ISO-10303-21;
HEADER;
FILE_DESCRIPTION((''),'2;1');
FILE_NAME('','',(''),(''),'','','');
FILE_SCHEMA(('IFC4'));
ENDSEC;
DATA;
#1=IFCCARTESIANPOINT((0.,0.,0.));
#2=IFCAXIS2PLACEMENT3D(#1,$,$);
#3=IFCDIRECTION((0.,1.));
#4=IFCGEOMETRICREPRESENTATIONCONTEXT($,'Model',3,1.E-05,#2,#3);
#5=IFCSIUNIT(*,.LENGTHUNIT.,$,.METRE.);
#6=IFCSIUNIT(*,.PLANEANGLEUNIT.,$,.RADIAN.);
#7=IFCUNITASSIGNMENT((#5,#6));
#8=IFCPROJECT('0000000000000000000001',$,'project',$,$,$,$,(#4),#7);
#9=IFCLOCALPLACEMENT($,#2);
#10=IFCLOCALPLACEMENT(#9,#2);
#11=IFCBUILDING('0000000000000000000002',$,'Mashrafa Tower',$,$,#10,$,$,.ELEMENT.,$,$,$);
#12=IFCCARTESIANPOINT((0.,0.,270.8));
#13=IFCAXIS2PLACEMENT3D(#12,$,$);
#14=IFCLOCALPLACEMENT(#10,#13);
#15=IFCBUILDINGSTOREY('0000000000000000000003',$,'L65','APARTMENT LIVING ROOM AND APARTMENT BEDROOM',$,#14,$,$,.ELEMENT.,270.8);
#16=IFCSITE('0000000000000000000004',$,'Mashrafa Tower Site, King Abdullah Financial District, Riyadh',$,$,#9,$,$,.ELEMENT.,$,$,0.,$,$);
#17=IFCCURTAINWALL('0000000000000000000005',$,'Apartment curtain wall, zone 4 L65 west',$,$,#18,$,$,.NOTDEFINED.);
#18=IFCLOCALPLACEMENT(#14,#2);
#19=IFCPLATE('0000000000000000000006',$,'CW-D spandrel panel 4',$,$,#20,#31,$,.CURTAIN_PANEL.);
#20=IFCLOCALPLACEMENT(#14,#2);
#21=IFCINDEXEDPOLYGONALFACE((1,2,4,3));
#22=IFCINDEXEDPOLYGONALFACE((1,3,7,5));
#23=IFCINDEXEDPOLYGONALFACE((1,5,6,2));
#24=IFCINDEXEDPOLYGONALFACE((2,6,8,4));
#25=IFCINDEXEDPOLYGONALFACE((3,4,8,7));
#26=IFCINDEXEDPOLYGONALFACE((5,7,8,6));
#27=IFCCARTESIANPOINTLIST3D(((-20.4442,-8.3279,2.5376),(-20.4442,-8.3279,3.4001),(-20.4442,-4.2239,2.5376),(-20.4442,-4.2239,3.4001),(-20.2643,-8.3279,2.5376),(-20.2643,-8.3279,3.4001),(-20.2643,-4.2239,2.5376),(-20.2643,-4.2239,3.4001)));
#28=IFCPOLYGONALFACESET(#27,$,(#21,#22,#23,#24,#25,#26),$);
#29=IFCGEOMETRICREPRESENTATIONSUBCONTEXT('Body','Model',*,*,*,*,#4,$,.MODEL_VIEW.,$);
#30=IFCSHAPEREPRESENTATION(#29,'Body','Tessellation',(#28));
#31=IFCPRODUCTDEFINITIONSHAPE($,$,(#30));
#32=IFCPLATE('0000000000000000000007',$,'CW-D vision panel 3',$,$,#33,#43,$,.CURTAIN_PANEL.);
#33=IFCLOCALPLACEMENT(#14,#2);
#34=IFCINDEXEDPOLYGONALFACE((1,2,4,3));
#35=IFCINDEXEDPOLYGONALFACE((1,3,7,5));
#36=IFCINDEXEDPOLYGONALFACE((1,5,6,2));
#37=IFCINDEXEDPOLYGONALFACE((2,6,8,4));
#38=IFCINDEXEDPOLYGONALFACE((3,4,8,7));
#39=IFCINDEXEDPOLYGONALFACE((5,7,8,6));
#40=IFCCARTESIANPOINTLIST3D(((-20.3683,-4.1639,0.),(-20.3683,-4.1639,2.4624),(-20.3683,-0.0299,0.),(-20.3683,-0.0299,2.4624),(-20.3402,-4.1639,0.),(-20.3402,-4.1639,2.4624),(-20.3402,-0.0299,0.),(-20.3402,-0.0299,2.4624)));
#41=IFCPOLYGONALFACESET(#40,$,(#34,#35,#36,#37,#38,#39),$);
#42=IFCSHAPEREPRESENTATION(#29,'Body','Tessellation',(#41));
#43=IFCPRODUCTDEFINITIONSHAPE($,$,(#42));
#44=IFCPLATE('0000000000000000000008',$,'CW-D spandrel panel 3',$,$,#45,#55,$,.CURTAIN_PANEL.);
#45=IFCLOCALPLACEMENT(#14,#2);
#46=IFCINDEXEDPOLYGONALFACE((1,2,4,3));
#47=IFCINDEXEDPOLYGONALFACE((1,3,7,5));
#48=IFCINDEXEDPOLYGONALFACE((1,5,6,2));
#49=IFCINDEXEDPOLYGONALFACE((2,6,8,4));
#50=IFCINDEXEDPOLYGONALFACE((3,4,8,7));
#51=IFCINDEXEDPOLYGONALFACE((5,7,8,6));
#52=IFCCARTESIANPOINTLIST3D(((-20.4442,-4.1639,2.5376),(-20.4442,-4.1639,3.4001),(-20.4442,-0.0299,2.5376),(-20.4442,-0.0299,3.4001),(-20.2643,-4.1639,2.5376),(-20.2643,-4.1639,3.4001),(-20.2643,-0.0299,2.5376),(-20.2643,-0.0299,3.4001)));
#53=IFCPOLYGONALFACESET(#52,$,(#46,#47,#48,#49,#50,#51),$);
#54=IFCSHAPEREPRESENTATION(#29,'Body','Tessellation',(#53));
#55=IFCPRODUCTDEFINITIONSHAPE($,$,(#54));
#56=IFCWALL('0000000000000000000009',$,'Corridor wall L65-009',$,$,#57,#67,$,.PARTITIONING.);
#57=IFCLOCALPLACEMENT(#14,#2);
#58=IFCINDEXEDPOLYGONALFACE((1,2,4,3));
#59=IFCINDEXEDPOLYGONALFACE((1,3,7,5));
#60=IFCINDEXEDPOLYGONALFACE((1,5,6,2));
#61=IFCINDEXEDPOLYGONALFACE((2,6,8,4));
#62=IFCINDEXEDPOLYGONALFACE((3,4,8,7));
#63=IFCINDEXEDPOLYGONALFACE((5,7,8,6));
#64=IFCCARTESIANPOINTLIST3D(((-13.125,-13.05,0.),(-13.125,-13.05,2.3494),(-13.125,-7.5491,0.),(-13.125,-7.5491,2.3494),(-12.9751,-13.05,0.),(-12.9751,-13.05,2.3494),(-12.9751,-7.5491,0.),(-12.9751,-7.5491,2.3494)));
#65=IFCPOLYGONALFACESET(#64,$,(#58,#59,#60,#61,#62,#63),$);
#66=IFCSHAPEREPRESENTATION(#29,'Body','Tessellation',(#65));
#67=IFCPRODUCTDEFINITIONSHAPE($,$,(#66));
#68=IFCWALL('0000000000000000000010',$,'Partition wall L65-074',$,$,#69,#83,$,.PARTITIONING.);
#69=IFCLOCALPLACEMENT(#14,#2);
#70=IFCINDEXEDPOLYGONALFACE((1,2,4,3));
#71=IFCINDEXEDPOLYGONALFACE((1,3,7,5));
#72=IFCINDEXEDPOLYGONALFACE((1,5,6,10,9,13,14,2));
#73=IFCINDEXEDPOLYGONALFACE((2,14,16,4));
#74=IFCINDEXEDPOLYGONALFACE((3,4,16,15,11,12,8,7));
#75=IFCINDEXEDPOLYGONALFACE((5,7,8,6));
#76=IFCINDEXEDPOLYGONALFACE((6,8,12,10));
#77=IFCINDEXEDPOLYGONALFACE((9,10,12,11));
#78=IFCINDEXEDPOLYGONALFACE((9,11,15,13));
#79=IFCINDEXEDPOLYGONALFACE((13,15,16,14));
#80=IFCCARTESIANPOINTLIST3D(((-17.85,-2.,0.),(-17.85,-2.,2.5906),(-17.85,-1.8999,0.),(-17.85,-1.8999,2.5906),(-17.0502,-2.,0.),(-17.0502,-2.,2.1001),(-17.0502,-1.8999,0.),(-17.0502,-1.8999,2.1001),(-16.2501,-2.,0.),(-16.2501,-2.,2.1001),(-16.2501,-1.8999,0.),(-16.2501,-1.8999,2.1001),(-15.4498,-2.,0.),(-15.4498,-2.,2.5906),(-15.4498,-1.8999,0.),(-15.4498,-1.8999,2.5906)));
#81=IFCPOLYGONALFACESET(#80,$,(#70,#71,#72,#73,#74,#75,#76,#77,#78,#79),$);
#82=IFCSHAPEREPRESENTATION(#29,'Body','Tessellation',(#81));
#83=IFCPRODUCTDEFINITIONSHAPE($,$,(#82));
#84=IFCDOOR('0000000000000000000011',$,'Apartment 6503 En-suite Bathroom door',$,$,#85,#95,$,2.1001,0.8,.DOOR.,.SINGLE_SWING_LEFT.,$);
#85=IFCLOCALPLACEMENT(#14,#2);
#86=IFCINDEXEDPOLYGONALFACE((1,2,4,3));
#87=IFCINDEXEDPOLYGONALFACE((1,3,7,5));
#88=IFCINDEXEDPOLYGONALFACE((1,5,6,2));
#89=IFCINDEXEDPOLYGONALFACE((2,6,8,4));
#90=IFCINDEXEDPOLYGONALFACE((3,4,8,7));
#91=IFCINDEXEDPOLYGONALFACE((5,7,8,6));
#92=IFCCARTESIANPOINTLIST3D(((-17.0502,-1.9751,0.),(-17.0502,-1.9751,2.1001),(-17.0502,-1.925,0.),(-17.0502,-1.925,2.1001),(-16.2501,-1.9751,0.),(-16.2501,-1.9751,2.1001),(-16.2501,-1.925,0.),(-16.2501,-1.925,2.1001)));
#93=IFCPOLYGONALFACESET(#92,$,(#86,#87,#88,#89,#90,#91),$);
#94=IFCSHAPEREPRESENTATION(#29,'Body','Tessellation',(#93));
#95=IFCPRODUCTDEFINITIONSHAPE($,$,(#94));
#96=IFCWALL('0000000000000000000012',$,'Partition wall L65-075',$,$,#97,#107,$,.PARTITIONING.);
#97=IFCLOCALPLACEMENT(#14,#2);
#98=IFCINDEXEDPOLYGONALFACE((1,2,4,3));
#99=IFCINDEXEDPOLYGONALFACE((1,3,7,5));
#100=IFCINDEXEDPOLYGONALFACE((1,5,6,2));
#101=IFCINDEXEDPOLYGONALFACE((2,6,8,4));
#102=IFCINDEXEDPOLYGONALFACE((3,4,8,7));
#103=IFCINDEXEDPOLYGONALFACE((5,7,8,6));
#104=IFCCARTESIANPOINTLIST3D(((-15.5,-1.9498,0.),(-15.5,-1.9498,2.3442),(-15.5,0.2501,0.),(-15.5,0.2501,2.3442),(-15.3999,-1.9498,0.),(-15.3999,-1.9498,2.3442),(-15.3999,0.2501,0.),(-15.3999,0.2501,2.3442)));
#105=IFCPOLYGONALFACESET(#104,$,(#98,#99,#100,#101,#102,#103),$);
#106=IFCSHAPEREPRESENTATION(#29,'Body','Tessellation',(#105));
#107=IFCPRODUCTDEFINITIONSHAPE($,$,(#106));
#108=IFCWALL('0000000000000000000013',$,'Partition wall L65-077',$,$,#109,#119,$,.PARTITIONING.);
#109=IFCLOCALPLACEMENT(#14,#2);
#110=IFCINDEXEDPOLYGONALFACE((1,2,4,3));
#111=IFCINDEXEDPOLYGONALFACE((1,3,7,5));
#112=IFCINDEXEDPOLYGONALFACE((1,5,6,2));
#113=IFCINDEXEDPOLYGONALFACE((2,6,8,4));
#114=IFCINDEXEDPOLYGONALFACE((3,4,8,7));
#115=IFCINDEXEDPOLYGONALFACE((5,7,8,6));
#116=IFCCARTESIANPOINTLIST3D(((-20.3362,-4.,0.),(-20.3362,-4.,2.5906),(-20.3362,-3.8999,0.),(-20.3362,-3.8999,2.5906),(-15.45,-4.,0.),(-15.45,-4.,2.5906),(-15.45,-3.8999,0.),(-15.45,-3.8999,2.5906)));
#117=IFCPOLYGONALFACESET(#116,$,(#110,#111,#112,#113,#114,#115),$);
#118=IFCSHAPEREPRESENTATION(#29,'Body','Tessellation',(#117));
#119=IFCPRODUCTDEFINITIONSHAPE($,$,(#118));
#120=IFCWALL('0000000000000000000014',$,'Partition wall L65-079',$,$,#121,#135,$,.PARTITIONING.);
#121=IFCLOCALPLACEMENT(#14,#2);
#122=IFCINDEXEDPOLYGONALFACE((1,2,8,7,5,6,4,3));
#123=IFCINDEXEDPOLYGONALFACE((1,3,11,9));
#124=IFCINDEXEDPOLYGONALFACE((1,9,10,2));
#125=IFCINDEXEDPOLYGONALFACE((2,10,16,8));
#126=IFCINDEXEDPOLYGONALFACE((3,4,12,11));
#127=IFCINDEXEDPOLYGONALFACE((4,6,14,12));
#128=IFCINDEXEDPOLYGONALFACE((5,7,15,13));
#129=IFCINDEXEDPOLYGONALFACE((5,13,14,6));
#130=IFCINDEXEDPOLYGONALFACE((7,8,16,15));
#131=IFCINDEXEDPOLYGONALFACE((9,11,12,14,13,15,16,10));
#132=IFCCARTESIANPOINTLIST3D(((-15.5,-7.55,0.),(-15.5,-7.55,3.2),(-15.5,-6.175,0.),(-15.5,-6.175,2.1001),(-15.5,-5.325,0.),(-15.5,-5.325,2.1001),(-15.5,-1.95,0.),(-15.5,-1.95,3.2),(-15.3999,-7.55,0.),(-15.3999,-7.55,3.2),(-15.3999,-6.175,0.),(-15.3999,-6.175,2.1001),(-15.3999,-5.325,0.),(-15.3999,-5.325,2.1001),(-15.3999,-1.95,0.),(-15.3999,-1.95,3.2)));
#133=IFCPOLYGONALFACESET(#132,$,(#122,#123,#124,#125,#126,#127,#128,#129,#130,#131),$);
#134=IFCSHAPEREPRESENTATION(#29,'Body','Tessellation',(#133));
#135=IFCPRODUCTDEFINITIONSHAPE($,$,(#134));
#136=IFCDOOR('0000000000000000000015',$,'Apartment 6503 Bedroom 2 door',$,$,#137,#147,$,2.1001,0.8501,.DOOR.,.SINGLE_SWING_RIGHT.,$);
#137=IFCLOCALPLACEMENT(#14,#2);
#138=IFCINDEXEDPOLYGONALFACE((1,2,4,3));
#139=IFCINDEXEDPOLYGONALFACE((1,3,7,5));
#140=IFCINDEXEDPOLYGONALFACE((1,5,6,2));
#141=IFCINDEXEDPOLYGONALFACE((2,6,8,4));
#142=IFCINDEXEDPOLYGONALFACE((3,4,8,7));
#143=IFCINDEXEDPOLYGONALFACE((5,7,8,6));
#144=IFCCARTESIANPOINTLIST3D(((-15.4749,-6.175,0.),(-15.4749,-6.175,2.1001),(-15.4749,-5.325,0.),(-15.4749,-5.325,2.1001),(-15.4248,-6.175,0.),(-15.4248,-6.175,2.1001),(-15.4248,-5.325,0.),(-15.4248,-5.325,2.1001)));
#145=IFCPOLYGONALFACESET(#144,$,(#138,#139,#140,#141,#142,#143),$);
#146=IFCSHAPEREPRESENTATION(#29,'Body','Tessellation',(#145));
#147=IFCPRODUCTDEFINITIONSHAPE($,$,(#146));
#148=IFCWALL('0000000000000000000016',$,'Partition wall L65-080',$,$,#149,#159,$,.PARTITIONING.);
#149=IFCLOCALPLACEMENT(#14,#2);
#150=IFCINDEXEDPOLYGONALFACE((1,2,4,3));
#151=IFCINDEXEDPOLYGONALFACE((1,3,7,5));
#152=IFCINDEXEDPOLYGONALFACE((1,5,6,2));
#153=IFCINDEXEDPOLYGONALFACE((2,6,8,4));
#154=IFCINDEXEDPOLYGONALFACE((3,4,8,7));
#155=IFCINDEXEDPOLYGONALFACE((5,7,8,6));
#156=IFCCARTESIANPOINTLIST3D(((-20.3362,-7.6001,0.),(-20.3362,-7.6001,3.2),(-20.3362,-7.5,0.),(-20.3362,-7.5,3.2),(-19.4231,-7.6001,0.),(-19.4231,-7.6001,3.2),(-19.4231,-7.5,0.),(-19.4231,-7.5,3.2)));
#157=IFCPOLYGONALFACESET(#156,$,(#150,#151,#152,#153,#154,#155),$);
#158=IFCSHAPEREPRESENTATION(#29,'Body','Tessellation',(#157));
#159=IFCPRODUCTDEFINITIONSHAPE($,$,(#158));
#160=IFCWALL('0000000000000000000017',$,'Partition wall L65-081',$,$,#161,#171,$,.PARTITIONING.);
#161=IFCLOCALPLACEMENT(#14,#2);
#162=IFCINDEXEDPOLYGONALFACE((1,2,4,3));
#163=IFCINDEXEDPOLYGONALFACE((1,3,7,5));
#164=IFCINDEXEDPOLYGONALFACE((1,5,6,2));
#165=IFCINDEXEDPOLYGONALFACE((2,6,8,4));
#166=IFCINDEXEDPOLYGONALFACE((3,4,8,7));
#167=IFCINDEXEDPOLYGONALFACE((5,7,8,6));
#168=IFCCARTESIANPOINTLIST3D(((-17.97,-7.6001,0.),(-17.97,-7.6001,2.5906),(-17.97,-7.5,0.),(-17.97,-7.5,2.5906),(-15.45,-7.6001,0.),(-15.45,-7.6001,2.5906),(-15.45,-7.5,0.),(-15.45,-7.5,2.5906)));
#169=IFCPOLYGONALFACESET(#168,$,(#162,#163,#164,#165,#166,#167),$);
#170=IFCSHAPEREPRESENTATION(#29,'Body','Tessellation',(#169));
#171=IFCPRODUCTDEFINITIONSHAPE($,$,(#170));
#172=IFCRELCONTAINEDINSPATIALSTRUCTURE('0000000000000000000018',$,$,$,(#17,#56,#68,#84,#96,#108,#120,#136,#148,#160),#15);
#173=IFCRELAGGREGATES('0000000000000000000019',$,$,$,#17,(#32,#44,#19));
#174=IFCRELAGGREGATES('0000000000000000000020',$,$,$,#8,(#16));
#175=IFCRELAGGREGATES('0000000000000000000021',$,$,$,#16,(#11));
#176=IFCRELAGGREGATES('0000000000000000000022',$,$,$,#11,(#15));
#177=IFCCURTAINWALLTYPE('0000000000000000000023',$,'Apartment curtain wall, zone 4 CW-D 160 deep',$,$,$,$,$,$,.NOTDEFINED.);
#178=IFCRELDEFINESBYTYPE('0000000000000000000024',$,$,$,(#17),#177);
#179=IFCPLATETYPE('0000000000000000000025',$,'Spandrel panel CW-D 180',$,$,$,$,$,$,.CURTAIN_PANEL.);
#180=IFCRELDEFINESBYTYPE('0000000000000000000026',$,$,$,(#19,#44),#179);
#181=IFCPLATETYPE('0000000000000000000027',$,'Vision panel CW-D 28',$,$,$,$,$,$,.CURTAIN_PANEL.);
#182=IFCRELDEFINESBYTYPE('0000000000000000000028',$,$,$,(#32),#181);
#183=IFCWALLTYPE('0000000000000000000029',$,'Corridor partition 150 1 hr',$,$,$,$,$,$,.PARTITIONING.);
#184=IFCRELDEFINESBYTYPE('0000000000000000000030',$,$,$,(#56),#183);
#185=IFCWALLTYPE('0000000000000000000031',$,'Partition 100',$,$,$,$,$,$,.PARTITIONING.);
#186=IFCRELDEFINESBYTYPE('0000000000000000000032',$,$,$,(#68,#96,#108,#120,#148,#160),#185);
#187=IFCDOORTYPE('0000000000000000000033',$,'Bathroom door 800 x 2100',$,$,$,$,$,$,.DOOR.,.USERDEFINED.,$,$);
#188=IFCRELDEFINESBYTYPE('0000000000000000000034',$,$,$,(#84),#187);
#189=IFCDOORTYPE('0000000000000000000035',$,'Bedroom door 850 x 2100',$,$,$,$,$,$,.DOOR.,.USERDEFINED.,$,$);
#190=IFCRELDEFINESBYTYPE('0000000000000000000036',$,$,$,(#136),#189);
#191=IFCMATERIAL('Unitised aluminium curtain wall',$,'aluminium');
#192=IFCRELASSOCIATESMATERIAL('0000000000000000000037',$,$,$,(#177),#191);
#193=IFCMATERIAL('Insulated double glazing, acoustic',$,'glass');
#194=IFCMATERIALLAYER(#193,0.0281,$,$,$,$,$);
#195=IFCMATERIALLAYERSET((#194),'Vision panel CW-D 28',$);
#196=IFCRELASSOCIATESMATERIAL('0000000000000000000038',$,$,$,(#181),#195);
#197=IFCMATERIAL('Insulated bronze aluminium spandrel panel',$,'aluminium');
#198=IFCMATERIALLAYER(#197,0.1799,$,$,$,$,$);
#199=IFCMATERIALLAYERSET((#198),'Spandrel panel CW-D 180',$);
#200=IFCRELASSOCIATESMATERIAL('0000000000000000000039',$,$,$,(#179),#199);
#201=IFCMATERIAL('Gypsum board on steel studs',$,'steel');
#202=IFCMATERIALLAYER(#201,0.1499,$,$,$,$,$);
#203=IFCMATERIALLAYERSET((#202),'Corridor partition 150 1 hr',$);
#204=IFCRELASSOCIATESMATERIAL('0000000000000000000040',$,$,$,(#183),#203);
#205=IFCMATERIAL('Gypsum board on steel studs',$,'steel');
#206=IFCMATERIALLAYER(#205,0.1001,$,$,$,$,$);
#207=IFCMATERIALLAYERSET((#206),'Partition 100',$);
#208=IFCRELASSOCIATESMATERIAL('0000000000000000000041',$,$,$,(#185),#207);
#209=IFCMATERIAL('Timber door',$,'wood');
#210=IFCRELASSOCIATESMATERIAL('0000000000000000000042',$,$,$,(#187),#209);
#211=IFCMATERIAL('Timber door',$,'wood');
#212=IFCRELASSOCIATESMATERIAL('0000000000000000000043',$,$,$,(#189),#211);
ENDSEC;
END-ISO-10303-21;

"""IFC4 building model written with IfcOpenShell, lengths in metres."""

from ifc_helpers import new_model, si_unit, direction, frame, frame_2d, origin, origin_2d, place, context, subcontext, project, spatial, rectangle, extrude, source, transform, mapped, material, layer, layer_set, type_object, type_shapes, element, fill, aggregate, save


model = new_model("IFC4")

# Units and contexts
model_context = context("Model", 3, precision=1e-05, world=origin(), true_north=direction((0.0, 1.0)))
body_context = subcontext(model_context, "Body", "Model", "MODEL_VIEW")
ifc_project = project(units=[si_unit("LENGTHUNIT", "METRE"), si_unit("PLANEANGLEUNIT", "RADIAN")], contexts=[model_context])

# Site, building, storey
site_placement = place(None, origin())
site = spatial("IfcSite", under=ifc_project, at=site_placement, Name="Mashrafa Tower Site, King Abdullah Financial District, Riyadh", CompositionType="ELEMENT", RefElevation=0.0)
building_placement = place(site_placement, origin())
building = spatial("IfcBuilding", under=site, at=building_placement, Name="Mashrafa Tower", CompositionType="ELEMENT")
storey_placement = place(building_placement, frame((0.0, 0.0, 270.8)))
storey = spatial("IfcBuildingStorey", under=building, at=storey_placement, Name="L65", Description="APARTMENT LIVING ROOM AND APARTMENT BEDROOM", CompositionType="ELEMENT", Elevation=270.8)

# Curtain wall, plates
ifc_material_1 = material(Name="Unitised aluminium curtain wall", Category="aluminium")
curtain_wall_type = type_object("IfcCurtainWallType", Name="Apartment curtain wall, zone 4 CW-D 160 deep", PredefinedType="NOTDEFINED", material=ifc_material_1)
curtain_wall_placement = place(storey_placement, origin())
curtain_wall = element("IfcCurtainWall", 1, at=curtain_wall_placement, inside=storey, type_object=curtain_wall_type, Name="Apartment curtain wall, zone 4 L65 west", PredefinedType="NOTDEFINED")
ifc_material_2 = material(Name="Insulated double glazing, acoustic", Category="glass")
ifc_layer_1 = layer(ifc_material_2, 0.0281)
ifc_layer_set_1 = layer_set([ifc_layer_1], Name="Vision panel CW-D 28")
plate_type_1 = type_object("IfcPlateType", Name="Vision panel CW-D 28", PredefinedType="CURTAIN_PANEL", material=ifc_layer_set_1)
ifc_material_3 = material(Name="Insulated bronze aluminium spandrel panel", Category="aluminium")
ifc_layer_2 = layer(ifc_material_3, 0.1799)
ifc_layer_set_2 = layer_set([ifc_layer_2], Name="Spandrel panel CW-D 180")
plate_type_2 = type_object("IfcPlateType", Name="Spandrel panel CW-D 180", PredefinedType="CURTAIN_PANEL", material=ifc_layer_set_2)
shared_shape_1 = source(origin(), body_context, "Body", "SweptSolid", [
    extrude(rectangle(XDim=4.104, YDim=0.1799, at=origin_2d()), origin(), (0.0, 0.0, 1.0), 0.8625),
])
plate_1_placement = place(storey_placement, frame((-20.3542, -6.2759, 2.5376), z_axis=(0.0, 0.0, 1.0), x_axis=(0.0, -1.0, 0.0)))
plate_1 = element("IfcPlate", 2, at=plate_1_placement, type_object=plate_type_2, Name="CW-D spandrel panel 4", PredefinedType="CURTAIN_PANEL", context=body_context, shape_type="MappedRepresentation", body=[
    mapped(shared_shape_1, transform((0.0, 0.0, 0.0))),
])
shared_shape_2 = source(origin(), body_context, "Body", "SweptSolid", [
    extrude(rectangle(XDim=4.134, YDim=0.0281, at=origin_2d()), origin(), (0.0, 0.0, 1.0), 2.4624),
])
plate_2_placement = place(storey_placement, frame((-20.3542, -2.0969, 0.0), z_axis=(0.0, 0.0, 1.0), x_axis=(0.0, -1.0, 0.0)))
plate_2 = element("IfcPlate", 3, at=plate_2_placement, type_object=plate_type_1, Name="CW-D vision panel 3", PredefinedType="CURTAIN_PANEL", context=body_context, shape_type="MappedRepresentation", body=[
    mapped(shared_shape_2, transform((0.0, 0.0, 0.0))),
])
shared_shape_3 = source(origin(), body_context, "Body", "SweptSolid", [
    extrude(rectangle(XDim=4.134, YDim=0.1799, at=origin_2d()), origin(), (0.0, 0.0, 1.0), 0.8625),
])
type_shapes(plate_type_2, [shared_shape_1, shared_shape_3])
plate_3_placement = place(storey_placement, frame((-20.3542, -2.0969, 2.5376), z_axis=(0.0, 0.0, 1.0), x_axis=(0.0, -1.0, 0.0)))
plate_3 = element("IfcPlate", 4, at=plate_3_placement, type_object=plate_type_2, Name="CW-D spandrel panel 3", PredefinedType="CURTAIN_PANEL", context=body_context, shape_type="MappedRepresentation", body=[
    mapped(shared_shape_3, transform((0.0, 0.0, 0.0))),
])
aggregate(curtain_wall, [plate_2, plate_3, plate_1])

# Wall
ifc_material_4 = material(Name="Gypsum board on steel studs", Category="steel")
ifc_layer_3 = layer(ifc_material_4, 0.1499)
ifc_layer_set_3 = layer_set([ifc_layer_3], Name="Corridor partition 150 1 hr")
wall_type_1 = type_object("IfcWallType", Name="Corridor partition 150 1 hr", PredefinedType="PARTITIONING", material=ifc_layer_set_3)
wall_1_placement = place(storey_placement, frame((-13.05, -7.5491, 0.0), z_axis=(0.0, 0.0, 1.0), x_axis=(0.0, -1.0, 0.0)))
element("IfcWall", 5, at=wall_1_placement, inside=storey, type_object=wall_type_1, Name="Corridor wall L65-009", PredefinedType="PARTITIONING", context=body_context, shape_type="SweptSolid", body=[
    extrude(rectangle(XDim=5.501, YDim=0.1499, at=frame_2d((2.7505, 0.0))), origin(), (0.0, 0.0, 1.0), 2.3494),
])

# Wall, opening, door
ifc_material_5 = material(Name="Gypsum board on steel studs", Category="steel")
ifc_layer_4 = layer(ifc_material_5, 0.1001)
ifc_layer_set_4 = layer_set([ifc_layer_4], Name="Partition 100")
wall_type_2 = type_object("IfcWallType", Name="Partition 100", PredefinedType="PARTITIONING", material=ifc_layer_set_4)
wall_2_placement = place(storey_placement, frame((-17.8501, -1.95, 0.0), z_axis=(0.0, 0.0, 1.0), x_axis=(1.0, 0.0, 0.0)))
wall_2 = element("IfcWall", 6, at=wall_2_placement, inside=storey, type_object=wall_type_2, Name="Partition wall L65-074", PredefinedType="PARTITIONING", context=body_context, shape_type="SweptSolid", body=[
    extrude(rectangle(XDim=2.4001, YDim=0.1001, at=frame_2d((1.2002, 0.0))), origin(), (0.0, 0.0, 1.0), 2.5906),
])
opening_1_placement = place(wall_2_placement, frame((0.8, 0.0, 0.0)))
opening_1 = element("IfcOpeningElement", 7, at=opening_1_placement, cuts=wall_2, PredefinedType="OPENING", context=body_context, shape_type="SweptSolid", body=[
    extrude(rectangle(XDim=0.8, YDim=2.1001, at=frame_2d((0.3999, 1.05))), frame((0.0, 0.0601, 0.0), z_axis=(0.0, -1.0, 0.0), x_axis=(1.0, 0.0, 0.0)), (0.0, 0.0, 1.0), 0.1201),
])
ifc_material_6 = material(Name="Timber door", Category="wood")
door_type_1 = type_object("IfcDoorType", Name="Bathroom door 800 x 2100", OperationType="USERDEFINED", PredefinedType="DOOR", material=ifc_material_6)
door_1_placement = place(opening_1_placement, origin())
door_1 = element("IfcDoor", 8, at=door_1_placement, inside=storey, type_object=door_type_1, Name="Apartment 6503 En-suite Bathroom door", OperationType="SINGLE_SWING_LEFT", OverallHeight=2.1001, OverallWidth=0.8, PredefinedType="DOOR", context=body_context, shape_type="SweptSolid", body=[
    extrude(rectangle(XDim=0.8, YDim=2.1001, at=frame_2d((0.3999, 1.05))), frame((0.0, 0.0249, 0.0), z_axis=(0.0, -1.0, 0.0), x_axis=(1.0, 0.0, 0.0)), (0.0, 0.0, 1.0), 0.05),
])
fill(opening_1, door_1)

# Walls
wall_3_placement = place(storey_placement, frame((-15.45, -1.95, 0.0), z_axis=(0.0, 0.0, 1.0), x_axis=(0.0, 1.0, 0.0)))
element("IfcWall", 9, at=wall_3_placement, inside=storey, type_object=wall_type_2, Name="Partition wall L65-075", PredefinedType="PARTITIONING", context=body_context, shape_type="SweptSolid", body=[
    extrude(rectangle(XDim=2.2, YDim=0.1001, at=frame_2d((1.1001, 0.0))), origin(), (0.0, 0.0, 1.0), 2.3442),
])
wall_4_placement = place(storey_placement, frame((-20.3362, -3.95, 0.0), z_axis=(0.0, 0.0, 1.0), x_axis=(1.0, 0.0, 0.0)))
element("IfcWall", 10, at=wall_4_placement, inside=storey, type_object=wall_type_2, Name="Partition wall L65-077", PredefinedType="PARTITIONING", context=body_context, shape_type="SweptSolid", body=[
    extrude(rectangle(XDim=4.8862, YDim=0.1001, at=frame_2d((2.4431, 0.0))), origin(), (0.0, 0.0, 1.0), 2.5906),
])

# Wall, opening, door
wall_5_placement = place(storey_placement, frame((-15.45, -1.95, 0.0), z_axis=(0.0, 0.0, 1.0), x_axis=(0.0, -1.0, 0.0)))
wall_5 = element("IfcWall", 11, at=wall_5_placement, inside=storey, type_object=wall_type_2, Name="Partition wall L65-079", PredefinedType="PARTITIONING", context=body_context, shape_type="SweptSolid", body=[
    extrude(rectangle(XDim=5.6001, YDim=0.1001, at=frame_2d((2.8, 0.0))), origin(), (0.0, 0.0, 1.0), 3.2),
])
opening_2_placement = place(wall_5_placement, frame((3.375, 0.0, 0.0)))
opening_2 = element("IfcOpeningElement", 12, at=opening_2_placement, cuts=wall_5, PredefinedType="OPENING", context=body_context, shape_type="SweptSolid", body=[
    extrude(rectangle(XDim=0.8501, YDim=2.1001, at=frame_2d((0.425, 1.05))), frame((0.0, 0.0601, 0.0), z_axis=(0.0, -1.0, 0.0), x_axis=(1.0, 0.0, 0.0)), (0.0, 0.0, 1.0), 0.1201),
])
ifc_material_7 = material(Name="Timber door", Category="wood")
door_type_2 = type_object("IfcDoorType", Name="Bedroom door 850 x 2100", OperationType="USERDEFINED", PredefinedType="DOOR", material=ifc_material_7)
door_2_placement = place(opening_2_placement, frame((0.8501, 0.0, 0.0), z_axis=(0.0, 0.0, 1.0), x_axis=(-1.0, 0.0, 0.0)))
door_2 = element("IfcDoor", 13, at=door_2_placement, inside=storey, type_object=door_type_2, Name="Apartment 6503 Bedroom 2 door", OperationType="SINGLE_SWING_RIGHT", OverallHeight=2.1001, OverallWidth=0.8501, PredefinedType="DOOR", context=body_context, shape_type="SweptSolid", body=[
    extrude(rectangle(XDim=0.8501, YDim=2.1001, at=frame_2d((0.425, 1.05))), frame((0.0, 0.0249, 0.0), z_axis=(0.0, -1.0, 0.0), x_axis=(1.0, 0.0, 0.0)), (0.0, 0.0, 1.0), 0.05),
])
fill(opening_2, door_2)

# Walls
wall_6_placement = place(storey_placement, frame((-20.3362, -7.55, 0.0), z_axis=(0.0, 0.0, 1.0), x_axis=(1.0, 0.0, 0.0)))
element("IfcWall", 14, at=wall_6_placement, inside=storey, type_object=wall_type_2, Name="Partition wall L65-080", PredefinedType="PARTITIONING", context=body_context, shape_type="SweptSolid", body=[
    extrude(rectangle(XDim=0.9131, YDim=0.1001, at=frame_2d((0.4565, 0.0))), origin(), (0.0, 0.0, 1.0), 3.2),
])
wall_7_placement = place(storey_placement, frame((-17.97, -7.55, 0.0), z_axis=(0.0, 0.0, 1.0), x_axis=(1.0, 0.0, 0.0)))
element("IfcWall", 15, at=wall_7_placement, inside=storey, type_object=wall_type_2, Name="Partition wall L65-081", PredefinedType="PARTITIONING", context=body_context, shape_type="SweptSolid", body=[
    extrude(rectangle(XDim=2.52, YDim=0.1001, at=frame_2d((1.26, 0.0))), origin(), (0.0, 0.0, 1.0), 2.5906),
])

save(model, "model.ifc")
